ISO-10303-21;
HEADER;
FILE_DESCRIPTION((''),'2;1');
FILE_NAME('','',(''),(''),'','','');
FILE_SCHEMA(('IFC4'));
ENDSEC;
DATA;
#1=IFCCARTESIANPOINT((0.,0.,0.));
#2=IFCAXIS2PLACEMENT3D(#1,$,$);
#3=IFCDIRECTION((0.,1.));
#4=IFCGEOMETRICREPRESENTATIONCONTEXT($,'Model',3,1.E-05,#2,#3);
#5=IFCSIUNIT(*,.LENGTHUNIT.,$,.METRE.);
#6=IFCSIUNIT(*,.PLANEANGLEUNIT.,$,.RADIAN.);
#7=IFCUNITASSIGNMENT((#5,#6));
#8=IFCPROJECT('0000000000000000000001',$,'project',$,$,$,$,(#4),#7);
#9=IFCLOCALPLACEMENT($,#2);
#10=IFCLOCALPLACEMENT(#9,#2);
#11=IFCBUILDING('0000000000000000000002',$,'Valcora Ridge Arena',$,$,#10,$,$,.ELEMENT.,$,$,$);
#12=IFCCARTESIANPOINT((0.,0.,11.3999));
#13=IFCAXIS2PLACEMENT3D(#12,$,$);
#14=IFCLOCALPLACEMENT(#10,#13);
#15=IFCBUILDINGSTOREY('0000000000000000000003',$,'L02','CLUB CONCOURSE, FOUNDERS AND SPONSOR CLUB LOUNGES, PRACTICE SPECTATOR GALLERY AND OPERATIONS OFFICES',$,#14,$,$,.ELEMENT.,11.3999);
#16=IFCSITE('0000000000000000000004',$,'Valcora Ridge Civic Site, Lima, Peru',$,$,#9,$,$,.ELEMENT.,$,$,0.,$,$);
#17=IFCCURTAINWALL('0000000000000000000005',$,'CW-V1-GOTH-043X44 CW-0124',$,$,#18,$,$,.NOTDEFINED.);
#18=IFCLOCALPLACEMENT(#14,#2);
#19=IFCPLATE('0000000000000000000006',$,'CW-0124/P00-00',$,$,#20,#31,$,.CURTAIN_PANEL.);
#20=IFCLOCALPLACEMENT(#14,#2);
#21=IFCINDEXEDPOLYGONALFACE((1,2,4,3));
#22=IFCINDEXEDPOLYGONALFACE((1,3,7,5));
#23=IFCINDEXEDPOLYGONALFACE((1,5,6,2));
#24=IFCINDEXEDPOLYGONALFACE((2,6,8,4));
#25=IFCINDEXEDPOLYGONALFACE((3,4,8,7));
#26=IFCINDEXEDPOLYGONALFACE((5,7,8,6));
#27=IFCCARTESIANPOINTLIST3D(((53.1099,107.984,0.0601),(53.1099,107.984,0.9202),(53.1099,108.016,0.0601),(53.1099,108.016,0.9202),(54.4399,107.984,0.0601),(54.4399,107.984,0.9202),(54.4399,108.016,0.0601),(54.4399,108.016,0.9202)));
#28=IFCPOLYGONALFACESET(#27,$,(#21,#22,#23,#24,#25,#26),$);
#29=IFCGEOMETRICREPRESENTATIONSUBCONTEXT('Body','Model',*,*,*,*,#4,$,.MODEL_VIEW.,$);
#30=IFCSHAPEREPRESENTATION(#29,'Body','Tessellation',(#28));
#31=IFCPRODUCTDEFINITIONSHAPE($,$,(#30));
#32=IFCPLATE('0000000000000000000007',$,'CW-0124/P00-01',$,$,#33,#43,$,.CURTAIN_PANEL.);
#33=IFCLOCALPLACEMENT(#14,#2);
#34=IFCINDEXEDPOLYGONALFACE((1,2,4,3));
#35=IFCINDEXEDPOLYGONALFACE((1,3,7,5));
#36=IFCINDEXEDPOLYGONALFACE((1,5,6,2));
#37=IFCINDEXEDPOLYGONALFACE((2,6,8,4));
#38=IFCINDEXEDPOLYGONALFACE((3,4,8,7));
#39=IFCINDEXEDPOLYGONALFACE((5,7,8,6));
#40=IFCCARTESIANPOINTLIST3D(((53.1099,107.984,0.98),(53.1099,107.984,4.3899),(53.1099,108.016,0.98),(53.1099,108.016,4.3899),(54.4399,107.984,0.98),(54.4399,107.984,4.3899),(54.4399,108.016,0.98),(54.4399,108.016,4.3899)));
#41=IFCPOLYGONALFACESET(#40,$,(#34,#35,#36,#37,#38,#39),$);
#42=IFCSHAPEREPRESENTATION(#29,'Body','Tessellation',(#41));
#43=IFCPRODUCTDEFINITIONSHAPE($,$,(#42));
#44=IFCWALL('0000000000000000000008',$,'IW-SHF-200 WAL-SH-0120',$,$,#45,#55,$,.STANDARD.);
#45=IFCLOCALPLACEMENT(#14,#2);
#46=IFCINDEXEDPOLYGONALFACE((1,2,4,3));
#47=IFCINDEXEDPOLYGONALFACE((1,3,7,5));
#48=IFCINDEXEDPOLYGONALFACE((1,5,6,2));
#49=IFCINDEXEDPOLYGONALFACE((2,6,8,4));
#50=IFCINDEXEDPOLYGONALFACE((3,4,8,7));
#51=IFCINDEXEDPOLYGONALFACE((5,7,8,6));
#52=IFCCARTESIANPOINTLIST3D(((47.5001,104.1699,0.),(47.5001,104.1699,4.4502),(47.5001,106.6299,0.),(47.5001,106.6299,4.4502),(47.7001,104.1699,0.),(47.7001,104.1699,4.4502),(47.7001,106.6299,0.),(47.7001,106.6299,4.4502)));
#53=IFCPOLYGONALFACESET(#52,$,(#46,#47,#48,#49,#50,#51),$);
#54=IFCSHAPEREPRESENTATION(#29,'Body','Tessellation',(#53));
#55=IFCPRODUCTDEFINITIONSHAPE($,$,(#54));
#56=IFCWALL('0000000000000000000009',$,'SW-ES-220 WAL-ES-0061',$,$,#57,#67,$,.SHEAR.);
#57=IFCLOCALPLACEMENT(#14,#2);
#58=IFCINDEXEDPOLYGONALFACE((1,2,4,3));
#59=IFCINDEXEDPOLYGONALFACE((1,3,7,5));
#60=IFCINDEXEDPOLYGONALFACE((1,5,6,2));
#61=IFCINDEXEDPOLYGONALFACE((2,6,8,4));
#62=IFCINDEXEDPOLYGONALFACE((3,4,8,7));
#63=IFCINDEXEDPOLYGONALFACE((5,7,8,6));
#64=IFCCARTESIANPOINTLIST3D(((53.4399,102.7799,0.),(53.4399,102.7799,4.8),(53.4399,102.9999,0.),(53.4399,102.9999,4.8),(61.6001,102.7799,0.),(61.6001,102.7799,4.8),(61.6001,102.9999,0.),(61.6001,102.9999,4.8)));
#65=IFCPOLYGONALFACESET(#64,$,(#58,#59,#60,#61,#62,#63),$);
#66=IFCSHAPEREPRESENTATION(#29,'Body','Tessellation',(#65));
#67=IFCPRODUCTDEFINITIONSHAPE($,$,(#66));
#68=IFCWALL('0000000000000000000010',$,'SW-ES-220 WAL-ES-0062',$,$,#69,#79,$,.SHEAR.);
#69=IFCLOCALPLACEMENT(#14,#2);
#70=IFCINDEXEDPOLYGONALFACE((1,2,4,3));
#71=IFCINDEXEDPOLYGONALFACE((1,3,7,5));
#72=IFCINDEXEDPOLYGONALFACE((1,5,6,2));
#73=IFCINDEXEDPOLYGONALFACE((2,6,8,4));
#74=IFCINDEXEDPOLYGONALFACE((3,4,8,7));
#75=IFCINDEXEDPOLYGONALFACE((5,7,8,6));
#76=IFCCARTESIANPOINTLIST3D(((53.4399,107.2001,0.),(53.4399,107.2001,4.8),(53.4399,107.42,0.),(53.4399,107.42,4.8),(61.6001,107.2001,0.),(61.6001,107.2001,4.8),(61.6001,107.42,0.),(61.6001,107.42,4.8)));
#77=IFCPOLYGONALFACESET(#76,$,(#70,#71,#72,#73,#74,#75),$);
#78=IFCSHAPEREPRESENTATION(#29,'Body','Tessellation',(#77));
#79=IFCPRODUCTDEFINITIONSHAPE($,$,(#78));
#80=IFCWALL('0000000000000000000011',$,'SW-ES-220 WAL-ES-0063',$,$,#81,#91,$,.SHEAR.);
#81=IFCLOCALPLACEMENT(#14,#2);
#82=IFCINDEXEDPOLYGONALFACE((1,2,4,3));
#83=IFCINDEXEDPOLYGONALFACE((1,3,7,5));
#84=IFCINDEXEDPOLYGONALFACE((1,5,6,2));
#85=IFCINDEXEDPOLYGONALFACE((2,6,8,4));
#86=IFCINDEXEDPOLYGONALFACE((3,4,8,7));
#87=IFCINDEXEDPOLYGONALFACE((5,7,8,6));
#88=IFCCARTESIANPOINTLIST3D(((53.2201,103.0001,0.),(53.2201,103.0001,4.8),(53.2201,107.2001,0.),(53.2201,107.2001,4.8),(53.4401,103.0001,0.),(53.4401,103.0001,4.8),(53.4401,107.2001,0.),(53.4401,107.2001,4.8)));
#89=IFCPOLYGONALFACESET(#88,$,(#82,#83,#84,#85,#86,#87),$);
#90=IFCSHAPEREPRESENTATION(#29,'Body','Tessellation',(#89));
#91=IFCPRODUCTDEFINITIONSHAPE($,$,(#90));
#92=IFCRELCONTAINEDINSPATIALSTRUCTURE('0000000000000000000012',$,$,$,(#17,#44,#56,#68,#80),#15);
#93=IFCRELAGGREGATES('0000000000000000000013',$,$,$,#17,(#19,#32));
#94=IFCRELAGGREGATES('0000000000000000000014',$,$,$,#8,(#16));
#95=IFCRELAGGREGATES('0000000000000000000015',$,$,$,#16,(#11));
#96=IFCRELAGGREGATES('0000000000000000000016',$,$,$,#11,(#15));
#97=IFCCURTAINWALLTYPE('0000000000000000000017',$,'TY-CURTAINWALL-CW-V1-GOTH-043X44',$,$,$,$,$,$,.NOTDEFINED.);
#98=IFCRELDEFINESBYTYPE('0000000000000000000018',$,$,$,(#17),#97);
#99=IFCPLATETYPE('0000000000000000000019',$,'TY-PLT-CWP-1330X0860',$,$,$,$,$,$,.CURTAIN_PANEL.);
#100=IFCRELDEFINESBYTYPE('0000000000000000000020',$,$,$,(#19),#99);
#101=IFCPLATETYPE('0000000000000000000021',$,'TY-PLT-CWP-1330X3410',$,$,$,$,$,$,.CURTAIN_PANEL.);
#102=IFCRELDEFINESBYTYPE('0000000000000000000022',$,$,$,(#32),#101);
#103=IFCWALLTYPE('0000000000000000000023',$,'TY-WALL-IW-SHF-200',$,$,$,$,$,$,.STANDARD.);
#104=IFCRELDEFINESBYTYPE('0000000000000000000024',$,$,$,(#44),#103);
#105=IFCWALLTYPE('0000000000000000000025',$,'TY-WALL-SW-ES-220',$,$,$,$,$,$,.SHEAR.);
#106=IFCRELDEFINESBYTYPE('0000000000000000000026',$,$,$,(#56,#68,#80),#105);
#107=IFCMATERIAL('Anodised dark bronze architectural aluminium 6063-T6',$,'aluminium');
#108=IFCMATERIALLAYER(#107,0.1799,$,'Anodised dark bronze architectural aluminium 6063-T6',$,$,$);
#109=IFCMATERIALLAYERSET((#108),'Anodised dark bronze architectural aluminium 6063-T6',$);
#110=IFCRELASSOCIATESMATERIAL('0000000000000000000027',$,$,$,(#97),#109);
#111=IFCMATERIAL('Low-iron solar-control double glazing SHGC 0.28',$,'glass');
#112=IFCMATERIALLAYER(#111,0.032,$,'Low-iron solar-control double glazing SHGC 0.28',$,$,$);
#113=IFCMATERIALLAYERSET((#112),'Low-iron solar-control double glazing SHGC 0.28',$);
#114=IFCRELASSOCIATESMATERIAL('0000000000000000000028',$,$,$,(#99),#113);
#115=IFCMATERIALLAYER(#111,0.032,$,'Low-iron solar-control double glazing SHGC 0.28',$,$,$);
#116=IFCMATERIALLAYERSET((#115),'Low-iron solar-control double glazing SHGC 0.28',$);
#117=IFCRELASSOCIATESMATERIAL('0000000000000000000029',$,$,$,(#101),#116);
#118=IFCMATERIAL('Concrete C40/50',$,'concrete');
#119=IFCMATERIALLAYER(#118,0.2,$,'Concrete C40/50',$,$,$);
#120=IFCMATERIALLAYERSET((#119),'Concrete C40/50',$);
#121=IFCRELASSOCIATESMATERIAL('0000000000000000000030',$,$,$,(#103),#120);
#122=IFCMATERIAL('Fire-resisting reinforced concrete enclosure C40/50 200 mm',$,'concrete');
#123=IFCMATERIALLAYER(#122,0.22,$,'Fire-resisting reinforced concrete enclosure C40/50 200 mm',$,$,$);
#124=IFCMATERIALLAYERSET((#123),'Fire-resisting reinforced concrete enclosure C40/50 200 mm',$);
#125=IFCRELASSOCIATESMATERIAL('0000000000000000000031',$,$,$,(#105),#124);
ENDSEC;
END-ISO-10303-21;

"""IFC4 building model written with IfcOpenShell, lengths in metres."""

from ifc_helpers import new_model, si_unit, direction, frame, frame_2d, origin, origin_2d, place, context, subcontext, project, spatial, rectangle, extrude, material, layer, layer_set, type_object, element, aggregate, save


model = new_model("IFC4")

# Units and contexts
model_context = context("Model", 3, precision=1e-05, world=origin(), true_north=direction((0.0, 1.0)))
body_context = subcontext(model_context, "Body", "Model", "MODEL_VIEW")
ifc_project = project(units=[si_unit("LENGTHUNIT", "METRE"), si_unit("PLANEANGLEUNIT", "RADIAN")], contexts=[model_context])

# Site, building, storey
site_placement = place(None, origin())
site = spatial("IfcSite", under=ifc_project, at=site_placement, Name="Valcora Ridge Civic Site, Lima, Peru", CompositionType="ELEMENT", RefElevation=0.0)
building_placement = place(site_placement, origin())
building = spatial("IfcBuilding", under=site, at=building_placement, Name="Valcora Ridge Arena", CompositionType="ELEMENT")
storey_placement = place(building_placement, frame((0.0, 0.0, 11.3999)))
storey = spatial("IfcBuildingStorey", under=building, at=storey_placement, Name="L02", Description="CLUB CONCOURSE, FOUNDERS AND SPONSOR CLUB LOUNGES, PRACTICE SPECTATOR GALLERY AND OPERATIONS OFFICES", CompositionType="ELEMENT", Elevation=11.3999)

# Shared definitions
ifc_material_1 = material(Name="Concrete C40/50", Category="concrete")

# Curtain wall
ifc_material_2 = material(Name="Anodised dark bronze architectural aluminium 6063-T6", Category="aluminium")
ifc_layer_1 = layer(ifc_material_2, 0.1799, Name="Anodised dark bronze architectural aluminium 6063-T6")
ifc_layer_set_1 = layer_set([ifc_layer_1], Name="Anodised dark bronze architectural aluminium 6063-T6")
curtain_wall_type = type_object("IfcCurtainWallType", Name="TY-CURTAINWALL-CW-V1-GOTH-043X44", PredefinedType="NOTDEFINED", material=ifc_layer_set_1)
curtain_wall_placement = place(storey_placement, origin())
curtain_wall = element("IfcCurtainWall", 1, at=curtain_wall_placement, inside=storey, type_object=curtain_wall_type, Name="CW-V1-GOTH-043X44 CW-0124", PredefinedType="NOTDEFINED")

# Plates
ifc_material_3 = material(Name="Low-iron solar-control double glazing SHGC 0.28", Category="glass")
ifc_layer_2 = layer(ifc_material_3, 0.032, Name="Low-iron solar-control double glazing SHGC 0.28")
ifc_layer_set_2 = layer_set([ifc_layer_2], Name="Low-iron solar-control double glazing SHGC 0.28")
plate_type_1 = type_object("IfcPlateType", Name="TY-PLT-CWP-1330X0860", PredefinedType="CURTAIN_PANEL", material=ifc_layer_set_2)
plate_1_placement = place(storey_placement, frame((53.7749, 108.0, 0.0601), z_axis=(0.0, 0.0, 1.0), x_axis=(1.0, 0.0, 0.0)))
plate_1 = element("IfcPlate", 2, at=plate_1_placement, type_object=plate_type_1, Name="CW-0124/P00-00", PredefinedType="CURTAIN_PANEL", context=body_context, shape_type="SweptSolid", body=[
    extrude(rectangle(XDim=1.3301, YDim=0.032, at=origin_2d()), origin(), (0.0, 0.0, 1.0), 0.8601),
])
ifc_layer_3 = layer(ifc_material_3, 0.032, Name="Low-iron solar-control double glazing SHGC 0.28")
ifc_layer_set_3 = layer_set([ifc_layer_3], Name="Low-iron solar-control double glazing SHGC 0.28")
plate_type_2 = type_object("IfcPlateType", Name="TY-PLT-CWP-1330X3410", PredefinedType="CURTAIN_PANEL", material=ifc_layer_set_3)
plate_2_placement = place(storey_placement, frame((53.7749, 108.0, 0.98), z_axis=(0.0, 0.0, 1.0), x_axis=(1.0, 0.0, 0.0)))
plate_2 = element("IfcPlate", 3, at=plate_2_placement, type_object=plate_type_2, Name="CW-0124/P00-01", PredefinedType="CURTAIN_PANEL", context=body_context, shape_type="SweptSolid", body=[
    extrude(rectangle(XDim=1.3301, YDim=0.032, at=origin_2d()), origin(), (0.0, 0.0, 1.0), 3.4099),
])
aggregate(curtain_wall, [plate_1, plate_2])

# Walls
ifc_layer_4 = layer(ifc_material_1, 0.2, Name="Concrete C40/50")
ifc_layer_set_4 = layer_set([ifc_layer_4], Name="Concrete C40/50")
wall_type_1 = type_object("IfcWallType", Name="TY-WALL-IW-SHF-200", PredefinedType="STANDARD", material=ifc_layer_set_4)
wall_1_placement = place(storey_placement, frame((47.6001, 104.1699, 0.0), z_axis=(0.0, 0.0, 1.0), x_axis=(0.0, 1.0, 0.0)))
element("IfcWall", 4, at=wall_1_placement, inside=storey, type_object=wall_type_1, Name="IW-SHF-200 WAL-SH-0120", PredefinedType="STANDARD", context=body_context, shape_type="SweptSolid", body=[
    extrude(rectangle(XDim=2.46, YDim=0.2, at=frame_2d((1.23, 0.0))), origin(), (0.0, 0.0, 1.0), 4.4502),
])
ifc_material_4 = material(Name="Fire-resisting reinforced concrete enclosure C40/50 200 mm", Category="concrete")
ifc_layer_5 = layer(ifc_material_4, 0.22, Name="Fire-resisting reinforced concrete enclosure C40/50 200 mm")
ifc_layer_set_5 = layer_set([ifc_layer_5], Name="Fire-resisting reinforced concrete enclosure C40/50 200 mm")
wall_type_2 = type_object("IfcWallType", Name="TY-WALL-SW-ES-220", PredefinedType="SHEAR", material=ifc_layer_set_5)
for number, where, z_axis, x_axis, name in (
    (5, (53.4399, 102.8899, 0.0), (0.0, 0.0, 1.0), (1.0, 0.0, 0.0), "SW-ES-220 WAL-ES-0061"),
    (6, (53.4399, 107.3101, 0.0), (0.0, 0.0, 1.0), (1.0, 0.0, 0.0), "SW-ES-220 WAL-ES-0062"),
):
    element("IfcWall", number, at=place(storey_placement, frame(where, z_axis=z_axis, x_axis=x_axis)), inside=storey, type_object=wall_type_2, Name=name, PredefinedType="SHEAR", context=body_context, shape_type="SweptSolid", body=[
        extrude(rectangle(XDim=8.1602, YDim=0.22, at=frame_2d((4.0801, 0.0))), origin(), (0.0, 0.0, 1.0), 4.8),
    ])
wall_2_placement = place(storey_placement, frame((53.3301, 103.0, 0.0), z_axis=(0.0, 0.0, 1.0), x_axis=(0.0, 1.0, 0.0)))
element("IfcWall", 7, at=wall_2_placement, inside=storey, type_object=wall_type_2, Name="SW-ES-220 WAL-ES-0063", PredefinedType="SHEAR", context=body_context, shape_type="SweptSolid", body=[
    extrude(rectangle(XDim=4.2, YDim=0.22, at=frame_2d((2.1001, 0.0))), origin(), (0.0, 0.0, 1.0), 4.8),
])

save(model, "model.ifc")
